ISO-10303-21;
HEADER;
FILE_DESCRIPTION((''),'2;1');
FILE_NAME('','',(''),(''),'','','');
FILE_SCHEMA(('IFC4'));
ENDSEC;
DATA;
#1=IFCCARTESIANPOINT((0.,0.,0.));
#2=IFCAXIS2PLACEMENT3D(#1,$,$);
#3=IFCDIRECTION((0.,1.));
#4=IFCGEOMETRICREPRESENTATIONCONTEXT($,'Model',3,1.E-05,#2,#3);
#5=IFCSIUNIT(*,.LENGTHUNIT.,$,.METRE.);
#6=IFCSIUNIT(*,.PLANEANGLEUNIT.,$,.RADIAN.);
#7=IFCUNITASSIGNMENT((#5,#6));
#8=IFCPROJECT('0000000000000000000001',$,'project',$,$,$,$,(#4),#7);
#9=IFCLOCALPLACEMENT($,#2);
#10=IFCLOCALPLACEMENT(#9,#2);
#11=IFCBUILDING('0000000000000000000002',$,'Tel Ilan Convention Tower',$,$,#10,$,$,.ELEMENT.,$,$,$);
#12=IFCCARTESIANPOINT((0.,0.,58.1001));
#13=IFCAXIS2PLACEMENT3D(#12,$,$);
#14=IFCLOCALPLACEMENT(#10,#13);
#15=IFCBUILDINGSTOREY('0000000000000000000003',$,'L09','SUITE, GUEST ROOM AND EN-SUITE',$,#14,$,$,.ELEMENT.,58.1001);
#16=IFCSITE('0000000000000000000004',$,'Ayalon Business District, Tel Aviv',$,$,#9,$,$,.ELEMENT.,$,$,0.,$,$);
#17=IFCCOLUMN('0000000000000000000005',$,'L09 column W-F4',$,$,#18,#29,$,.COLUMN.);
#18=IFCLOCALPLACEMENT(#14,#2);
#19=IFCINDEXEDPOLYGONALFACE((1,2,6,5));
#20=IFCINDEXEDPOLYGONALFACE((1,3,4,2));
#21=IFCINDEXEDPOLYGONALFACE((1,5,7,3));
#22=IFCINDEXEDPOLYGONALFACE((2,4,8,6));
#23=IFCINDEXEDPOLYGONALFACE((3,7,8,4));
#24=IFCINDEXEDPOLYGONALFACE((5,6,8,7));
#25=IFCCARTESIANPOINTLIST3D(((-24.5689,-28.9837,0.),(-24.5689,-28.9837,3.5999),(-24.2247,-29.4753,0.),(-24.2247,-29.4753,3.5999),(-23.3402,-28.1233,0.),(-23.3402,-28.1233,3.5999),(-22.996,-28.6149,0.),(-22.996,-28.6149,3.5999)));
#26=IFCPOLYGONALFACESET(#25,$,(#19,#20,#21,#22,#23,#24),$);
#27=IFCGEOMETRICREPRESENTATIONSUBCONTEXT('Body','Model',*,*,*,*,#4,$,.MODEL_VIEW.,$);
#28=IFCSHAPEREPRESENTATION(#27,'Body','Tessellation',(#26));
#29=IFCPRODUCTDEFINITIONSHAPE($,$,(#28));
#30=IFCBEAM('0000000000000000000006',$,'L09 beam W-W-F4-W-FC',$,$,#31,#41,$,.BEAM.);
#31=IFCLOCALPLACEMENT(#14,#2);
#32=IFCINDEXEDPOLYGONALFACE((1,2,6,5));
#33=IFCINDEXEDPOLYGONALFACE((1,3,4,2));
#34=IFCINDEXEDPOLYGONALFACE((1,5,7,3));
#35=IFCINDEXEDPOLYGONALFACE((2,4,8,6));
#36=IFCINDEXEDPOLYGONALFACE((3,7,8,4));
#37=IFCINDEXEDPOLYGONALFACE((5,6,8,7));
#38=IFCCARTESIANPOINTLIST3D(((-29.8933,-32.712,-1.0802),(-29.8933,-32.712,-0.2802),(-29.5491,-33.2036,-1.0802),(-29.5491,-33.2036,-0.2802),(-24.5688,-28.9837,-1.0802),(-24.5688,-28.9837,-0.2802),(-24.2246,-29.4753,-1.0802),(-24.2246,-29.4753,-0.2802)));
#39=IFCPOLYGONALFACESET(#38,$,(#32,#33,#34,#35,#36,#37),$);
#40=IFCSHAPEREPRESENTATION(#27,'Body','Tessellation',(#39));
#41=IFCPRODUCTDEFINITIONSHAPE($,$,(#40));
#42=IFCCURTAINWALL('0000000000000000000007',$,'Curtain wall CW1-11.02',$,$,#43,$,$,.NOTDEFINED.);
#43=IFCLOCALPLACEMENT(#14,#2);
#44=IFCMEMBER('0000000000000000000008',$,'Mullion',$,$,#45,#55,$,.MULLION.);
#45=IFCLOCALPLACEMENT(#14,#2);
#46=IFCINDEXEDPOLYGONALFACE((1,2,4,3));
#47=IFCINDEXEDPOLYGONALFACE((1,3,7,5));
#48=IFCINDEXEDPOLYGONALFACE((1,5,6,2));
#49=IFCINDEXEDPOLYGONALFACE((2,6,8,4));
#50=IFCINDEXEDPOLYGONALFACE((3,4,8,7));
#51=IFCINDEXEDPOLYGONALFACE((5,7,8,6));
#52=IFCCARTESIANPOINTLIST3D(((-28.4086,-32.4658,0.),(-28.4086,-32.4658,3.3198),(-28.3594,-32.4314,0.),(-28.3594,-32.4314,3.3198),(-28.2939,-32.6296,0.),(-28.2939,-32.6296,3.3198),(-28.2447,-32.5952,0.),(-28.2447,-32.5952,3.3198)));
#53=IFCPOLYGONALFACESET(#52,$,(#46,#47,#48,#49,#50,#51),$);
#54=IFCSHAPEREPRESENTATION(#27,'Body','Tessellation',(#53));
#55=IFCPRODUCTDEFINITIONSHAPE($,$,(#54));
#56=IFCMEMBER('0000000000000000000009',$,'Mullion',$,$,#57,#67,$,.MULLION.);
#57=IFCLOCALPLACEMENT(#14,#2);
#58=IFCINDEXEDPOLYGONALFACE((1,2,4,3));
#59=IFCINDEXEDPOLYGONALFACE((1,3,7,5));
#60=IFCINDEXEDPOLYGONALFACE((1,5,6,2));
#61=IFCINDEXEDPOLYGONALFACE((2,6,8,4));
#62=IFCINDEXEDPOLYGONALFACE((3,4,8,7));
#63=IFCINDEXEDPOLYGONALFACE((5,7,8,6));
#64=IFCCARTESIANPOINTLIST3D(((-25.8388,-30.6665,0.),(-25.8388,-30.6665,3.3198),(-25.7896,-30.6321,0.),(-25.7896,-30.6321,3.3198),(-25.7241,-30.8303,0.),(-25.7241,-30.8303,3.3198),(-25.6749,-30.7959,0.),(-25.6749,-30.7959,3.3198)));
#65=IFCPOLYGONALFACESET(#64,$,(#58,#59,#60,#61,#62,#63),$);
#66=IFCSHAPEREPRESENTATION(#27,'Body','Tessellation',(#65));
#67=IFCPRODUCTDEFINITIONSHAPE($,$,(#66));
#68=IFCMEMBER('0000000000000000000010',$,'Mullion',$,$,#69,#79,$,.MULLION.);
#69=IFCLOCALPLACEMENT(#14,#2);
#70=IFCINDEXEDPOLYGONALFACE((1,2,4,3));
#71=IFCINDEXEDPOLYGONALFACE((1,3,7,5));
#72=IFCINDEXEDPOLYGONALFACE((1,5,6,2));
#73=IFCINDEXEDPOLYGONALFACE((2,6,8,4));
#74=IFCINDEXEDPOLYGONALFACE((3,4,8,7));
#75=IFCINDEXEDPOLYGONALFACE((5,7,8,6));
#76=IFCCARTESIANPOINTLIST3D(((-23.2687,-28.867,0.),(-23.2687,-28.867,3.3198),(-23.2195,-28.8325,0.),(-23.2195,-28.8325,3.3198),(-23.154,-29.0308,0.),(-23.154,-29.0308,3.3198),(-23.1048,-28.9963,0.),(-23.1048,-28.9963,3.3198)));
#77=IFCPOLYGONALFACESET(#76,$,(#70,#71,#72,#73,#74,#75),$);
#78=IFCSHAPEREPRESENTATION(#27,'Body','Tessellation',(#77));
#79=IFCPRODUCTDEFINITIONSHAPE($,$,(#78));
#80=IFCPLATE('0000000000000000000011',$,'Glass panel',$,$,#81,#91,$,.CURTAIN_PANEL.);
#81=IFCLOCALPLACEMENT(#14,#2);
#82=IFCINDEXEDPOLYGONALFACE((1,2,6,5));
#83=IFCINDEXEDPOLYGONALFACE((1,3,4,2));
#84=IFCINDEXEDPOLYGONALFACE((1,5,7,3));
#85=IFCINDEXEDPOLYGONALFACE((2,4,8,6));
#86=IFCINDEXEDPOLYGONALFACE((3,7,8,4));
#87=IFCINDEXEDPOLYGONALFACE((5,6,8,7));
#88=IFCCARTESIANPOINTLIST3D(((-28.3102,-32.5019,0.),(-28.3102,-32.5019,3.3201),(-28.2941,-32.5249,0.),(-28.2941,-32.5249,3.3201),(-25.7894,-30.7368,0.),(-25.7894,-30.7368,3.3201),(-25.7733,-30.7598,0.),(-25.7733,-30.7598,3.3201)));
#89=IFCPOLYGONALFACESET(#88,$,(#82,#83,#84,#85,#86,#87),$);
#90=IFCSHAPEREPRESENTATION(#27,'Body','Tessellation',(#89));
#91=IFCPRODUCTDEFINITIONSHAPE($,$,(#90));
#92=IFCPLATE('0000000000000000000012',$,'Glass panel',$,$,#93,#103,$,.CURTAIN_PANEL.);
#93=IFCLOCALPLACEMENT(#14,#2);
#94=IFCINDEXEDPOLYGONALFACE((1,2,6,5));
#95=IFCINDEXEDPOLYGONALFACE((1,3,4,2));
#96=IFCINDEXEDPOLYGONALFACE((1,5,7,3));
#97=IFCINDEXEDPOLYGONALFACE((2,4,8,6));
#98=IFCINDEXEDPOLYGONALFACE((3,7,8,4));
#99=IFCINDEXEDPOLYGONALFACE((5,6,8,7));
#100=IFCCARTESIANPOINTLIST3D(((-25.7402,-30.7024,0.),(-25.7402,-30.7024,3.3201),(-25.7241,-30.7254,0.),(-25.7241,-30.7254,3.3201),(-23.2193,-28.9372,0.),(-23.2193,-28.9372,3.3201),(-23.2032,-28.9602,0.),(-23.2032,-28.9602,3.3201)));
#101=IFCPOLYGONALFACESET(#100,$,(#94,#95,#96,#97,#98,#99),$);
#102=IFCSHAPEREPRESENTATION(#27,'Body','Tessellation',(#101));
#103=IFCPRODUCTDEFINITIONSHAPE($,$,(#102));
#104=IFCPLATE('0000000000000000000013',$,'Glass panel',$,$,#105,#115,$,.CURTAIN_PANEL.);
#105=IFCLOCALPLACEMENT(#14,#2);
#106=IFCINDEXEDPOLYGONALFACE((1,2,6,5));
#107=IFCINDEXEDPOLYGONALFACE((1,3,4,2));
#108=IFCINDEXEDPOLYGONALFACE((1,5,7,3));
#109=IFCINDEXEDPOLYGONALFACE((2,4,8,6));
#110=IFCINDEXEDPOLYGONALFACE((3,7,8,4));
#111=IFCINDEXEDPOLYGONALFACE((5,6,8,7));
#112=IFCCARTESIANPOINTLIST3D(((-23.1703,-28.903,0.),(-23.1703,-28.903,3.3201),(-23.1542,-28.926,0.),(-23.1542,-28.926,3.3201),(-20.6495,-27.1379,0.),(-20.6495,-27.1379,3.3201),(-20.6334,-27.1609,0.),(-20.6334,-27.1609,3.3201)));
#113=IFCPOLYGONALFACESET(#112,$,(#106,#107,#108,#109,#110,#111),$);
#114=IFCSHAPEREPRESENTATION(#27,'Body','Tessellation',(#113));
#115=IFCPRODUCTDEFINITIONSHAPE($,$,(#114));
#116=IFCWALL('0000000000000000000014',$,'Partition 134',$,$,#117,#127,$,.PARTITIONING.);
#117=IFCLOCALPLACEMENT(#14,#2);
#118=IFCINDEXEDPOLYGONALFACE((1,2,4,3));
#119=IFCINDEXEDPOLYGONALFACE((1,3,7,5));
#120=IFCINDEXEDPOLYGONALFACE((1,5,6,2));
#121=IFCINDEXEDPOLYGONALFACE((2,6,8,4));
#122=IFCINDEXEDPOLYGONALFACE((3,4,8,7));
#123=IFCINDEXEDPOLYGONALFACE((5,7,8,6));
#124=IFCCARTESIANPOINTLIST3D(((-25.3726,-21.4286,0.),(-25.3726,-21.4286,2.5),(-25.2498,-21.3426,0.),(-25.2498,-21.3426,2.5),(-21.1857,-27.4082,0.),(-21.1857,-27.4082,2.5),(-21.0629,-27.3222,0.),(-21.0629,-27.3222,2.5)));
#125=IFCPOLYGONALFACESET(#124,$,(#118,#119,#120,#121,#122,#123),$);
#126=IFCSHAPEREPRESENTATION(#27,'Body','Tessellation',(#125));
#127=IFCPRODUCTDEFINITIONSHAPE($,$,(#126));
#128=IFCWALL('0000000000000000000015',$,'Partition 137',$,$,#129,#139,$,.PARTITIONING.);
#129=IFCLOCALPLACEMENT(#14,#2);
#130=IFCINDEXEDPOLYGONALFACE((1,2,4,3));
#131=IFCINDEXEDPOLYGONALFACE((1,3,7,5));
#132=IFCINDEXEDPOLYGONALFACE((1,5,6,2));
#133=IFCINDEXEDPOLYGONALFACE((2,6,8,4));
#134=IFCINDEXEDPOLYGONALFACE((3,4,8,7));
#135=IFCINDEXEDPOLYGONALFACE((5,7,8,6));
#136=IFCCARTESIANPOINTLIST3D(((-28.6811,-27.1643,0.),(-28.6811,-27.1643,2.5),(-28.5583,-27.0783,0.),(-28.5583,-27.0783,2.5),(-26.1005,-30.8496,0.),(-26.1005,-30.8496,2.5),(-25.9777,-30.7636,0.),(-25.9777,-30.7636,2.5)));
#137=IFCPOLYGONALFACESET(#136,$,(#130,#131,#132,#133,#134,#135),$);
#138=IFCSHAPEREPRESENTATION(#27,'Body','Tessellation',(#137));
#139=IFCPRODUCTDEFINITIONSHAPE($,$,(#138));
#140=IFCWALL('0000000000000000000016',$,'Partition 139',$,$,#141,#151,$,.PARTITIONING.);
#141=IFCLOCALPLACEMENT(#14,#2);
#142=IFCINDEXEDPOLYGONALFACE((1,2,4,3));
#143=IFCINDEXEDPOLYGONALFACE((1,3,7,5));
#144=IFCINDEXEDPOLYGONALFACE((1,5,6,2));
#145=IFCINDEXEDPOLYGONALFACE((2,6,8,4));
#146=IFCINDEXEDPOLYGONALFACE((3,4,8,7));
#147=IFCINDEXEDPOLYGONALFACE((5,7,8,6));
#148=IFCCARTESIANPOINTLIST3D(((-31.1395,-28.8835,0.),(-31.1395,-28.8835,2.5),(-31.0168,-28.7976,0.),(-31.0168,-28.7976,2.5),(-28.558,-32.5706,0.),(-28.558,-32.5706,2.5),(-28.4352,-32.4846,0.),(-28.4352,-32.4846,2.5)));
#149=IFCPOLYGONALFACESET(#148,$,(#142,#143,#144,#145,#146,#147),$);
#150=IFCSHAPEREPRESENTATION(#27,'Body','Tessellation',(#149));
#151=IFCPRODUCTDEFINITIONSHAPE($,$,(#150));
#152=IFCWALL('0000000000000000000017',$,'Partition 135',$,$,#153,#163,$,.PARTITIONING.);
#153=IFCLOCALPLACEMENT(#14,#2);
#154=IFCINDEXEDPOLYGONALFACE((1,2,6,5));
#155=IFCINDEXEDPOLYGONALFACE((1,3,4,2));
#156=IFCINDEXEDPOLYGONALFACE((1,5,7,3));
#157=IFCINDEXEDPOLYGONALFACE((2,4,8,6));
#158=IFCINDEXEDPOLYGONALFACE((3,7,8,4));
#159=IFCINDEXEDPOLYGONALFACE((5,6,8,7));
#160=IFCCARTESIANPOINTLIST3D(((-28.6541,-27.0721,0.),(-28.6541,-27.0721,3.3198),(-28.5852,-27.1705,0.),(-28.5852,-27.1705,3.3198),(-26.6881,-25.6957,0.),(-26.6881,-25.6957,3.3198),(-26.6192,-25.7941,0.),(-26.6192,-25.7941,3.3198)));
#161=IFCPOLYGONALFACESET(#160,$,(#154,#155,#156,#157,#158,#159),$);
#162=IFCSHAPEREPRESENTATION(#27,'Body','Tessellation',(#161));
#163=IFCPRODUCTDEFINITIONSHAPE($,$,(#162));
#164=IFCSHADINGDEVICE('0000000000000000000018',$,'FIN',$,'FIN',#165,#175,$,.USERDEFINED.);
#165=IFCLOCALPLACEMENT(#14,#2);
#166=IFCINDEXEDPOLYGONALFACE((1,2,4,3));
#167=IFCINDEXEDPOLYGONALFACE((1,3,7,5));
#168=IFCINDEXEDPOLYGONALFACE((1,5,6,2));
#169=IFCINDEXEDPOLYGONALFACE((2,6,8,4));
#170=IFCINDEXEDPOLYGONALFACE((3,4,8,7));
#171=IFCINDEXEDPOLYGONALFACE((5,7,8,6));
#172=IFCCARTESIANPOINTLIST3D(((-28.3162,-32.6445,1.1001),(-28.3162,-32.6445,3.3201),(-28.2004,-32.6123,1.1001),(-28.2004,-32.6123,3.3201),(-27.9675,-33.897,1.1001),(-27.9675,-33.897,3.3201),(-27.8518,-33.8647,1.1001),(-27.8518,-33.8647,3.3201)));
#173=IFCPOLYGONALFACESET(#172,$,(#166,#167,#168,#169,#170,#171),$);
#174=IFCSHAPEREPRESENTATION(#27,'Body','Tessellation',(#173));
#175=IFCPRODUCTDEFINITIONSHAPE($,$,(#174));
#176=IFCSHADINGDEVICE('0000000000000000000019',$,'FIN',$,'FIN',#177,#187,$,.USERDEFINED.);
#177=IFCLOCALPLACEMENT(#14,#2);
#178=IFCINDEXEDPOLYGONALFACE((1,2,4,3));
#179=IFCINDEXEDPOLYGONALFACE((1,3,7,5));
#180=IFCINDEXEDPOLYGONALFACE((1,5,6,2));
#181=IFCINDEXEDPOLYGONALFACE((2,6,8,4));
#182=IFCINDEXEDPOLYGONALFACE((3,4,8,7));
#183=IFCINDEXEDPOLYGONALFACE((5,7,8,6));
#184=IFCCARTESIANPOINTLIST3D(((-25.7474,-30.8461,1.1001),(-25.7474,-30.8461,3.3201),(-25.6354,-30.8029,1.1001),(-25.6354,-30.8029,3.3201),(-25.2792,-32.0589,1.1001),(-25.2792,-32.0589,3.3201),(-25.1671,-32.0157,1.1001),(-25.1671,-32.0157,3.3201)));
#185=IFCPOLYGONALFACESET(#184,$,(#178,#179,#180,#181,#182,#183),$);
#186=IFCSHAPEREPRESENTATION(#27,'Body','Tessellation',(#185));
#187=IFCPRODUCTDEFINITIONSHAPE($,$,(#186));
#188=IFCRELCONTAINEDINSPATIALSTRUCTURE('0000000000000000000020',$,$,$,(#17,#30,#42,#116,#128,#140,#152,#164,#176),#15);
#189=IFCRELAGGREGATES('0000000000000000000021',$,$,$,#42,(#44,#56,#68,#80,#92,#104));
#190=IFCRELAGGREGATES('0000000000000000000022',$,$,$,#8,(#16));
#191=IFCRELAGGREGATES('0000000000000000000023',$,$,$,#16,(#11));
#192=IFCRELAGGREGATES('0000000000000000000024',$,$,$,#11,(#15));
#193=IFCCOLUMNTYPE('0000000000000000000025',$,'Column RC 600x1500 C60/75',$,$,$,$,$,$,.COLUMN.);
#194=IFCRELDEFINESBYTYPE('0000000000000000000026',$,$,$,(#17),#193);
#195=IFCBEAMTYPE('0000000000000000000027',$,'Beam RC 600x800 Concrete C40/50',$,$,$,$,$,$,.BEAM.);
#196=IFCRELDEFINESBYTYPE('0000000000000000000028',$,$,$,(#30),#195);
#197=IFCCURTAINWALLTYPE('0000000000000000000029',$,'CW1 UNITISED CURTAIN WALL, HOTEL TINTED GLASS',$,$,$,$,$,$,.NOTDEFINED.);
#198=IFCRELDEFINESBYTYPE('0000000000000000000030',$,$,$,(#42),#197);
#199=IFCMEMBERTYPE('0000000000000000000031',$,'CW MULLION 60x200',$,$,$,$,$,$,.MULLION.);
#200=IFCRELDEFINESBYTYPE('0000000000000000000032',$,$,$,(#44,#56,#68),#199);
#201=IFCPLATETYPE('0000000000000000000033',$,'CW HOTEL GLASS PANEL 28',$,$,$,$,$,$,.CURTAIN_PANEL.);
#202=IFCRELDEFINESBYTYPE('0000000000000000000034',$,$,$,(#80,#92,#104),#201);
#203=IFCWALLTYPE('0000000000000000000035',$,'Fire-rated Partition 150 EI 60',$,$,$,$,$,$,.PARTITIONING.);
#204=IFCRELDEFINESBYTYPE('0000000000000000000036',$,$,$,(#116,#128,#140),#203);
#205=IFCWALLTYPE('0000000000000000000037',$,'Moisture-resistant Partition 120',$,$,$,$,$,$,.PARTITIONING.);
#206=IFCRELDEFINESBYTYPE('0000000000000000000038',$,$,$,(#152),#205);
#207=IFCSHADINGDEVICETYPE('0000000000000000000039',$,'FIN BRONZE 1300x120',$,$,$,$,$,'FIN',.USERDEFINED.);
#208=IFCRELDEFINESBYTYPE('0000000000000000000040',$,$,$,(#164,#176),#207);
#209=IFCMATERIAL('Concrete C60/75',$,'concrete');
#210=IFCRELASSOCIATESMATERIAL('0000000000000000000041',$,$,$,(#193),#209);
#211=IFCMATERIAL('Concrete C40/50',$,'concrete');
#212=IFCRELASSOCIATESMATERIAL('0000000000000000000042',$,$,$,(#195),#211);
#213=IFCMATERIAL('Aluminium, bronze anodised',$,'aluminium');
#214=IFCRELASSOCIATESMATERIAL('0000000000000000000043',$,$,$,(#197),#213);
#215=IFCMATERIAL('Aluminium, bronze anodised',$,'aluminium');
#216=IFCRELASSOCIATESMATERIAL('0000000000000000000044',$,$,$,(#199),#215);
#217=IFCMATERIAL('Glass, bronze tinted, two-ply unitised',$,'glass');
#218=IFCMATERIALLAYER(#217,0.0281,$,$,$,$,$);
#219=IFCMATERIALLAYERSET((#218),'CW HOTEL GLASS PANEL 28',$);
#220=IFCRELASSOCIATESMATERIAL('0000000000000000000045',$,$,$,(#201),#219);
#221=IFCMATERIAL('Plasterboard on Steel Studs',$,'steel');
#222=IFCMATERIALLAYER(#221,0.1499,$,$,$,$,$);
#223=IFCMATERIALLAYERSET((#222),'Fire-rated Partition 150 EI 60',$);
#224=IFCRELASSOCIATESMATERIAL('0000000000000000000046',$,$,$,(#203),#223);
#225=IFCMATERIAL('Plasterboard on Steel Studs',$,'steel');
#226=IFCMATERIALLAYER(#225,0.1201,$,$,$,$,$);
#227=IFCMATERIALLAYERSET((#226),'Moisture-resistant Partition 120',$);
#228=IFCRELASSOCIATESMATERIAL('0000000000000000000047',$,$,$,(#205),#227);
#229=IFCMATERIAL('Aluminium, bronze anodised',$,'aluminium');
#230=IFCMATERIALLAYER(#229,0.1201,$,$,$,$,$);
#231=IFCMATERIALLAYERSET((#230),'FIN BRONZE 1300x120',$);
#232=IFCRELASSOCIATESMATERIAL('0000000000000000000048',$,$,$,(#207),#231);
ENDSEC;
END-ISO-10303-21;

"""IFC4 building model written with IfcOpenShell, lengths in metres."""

from ifc_helpers import new_model, si_unit, direction, frame, frame_2d, origin, origin_2d, place, context, subcontext, project, spatial, rectangle, extrude, material, layer, layer_set, material_profile, profile_set, type_object, element, aggregate, save


model = new_model("IFC4")

# Units and contexts
model_context = context("Model", 3, precision=1e-05, world=origin(), true_north=direction((0.0, 1.0)))
body_context = subcontext(model_context, "Body", "Model", "MODEL_VIEW")
ifc_project = project(units=[si_unit("LENGTHUNIT", "METRE"), si_unit("PLANEANGLEUNIT", "RADIAN")], contexts=[model_context])

# Site, building, storey
site_placement = place(None, origin())
site = spatial("IfcSite", under=ifc_project, at=site_placement, Name="Ayalon Business District, Tel Aviv", CompositionType="ELEMENT", RefElevation=0.0)
building_placement = place(site_placement, origin())
building = spatial("IfcBuilding", under=site, at=building_placement, Name="Tel Ilan Convention Tower", CompositionType="ELEMENT")
storey_placement = place(building_placement, frame((0.0, 0.0, 58.1001)))
storey = spatial("IfcBuildingStorey", under=building, at=storey_placement, Name="L09", Description="SUITE, GUEST ROOM AND EN-SUITE", CompositionType="ELEMENT", Elevation=58.1001)

# Column
ifc_material_1 = material(Name="Concrete C60/75", Category="concrete")
ifc_material_profile_1 = material_profile(ifc_material_1, rectangle(XDim=1.5, YDim=0.6001, at=origin_2d()), Name="RC 600x1500")
ifc_profile_set_1 = profile_set([ifc_material_profile_1], Name="Concrete C60/75")
column_type = type_object("IfcColumnType", Name="Column RC 600x1500 C60/75", PredefinedType="COLUMN", material=ifc_profile_set_1)
column_placement = place(storey_placement, frame((-23.7825, -28.7993, 0.0), z_axis=(0.0, 0.0, 1.0), x_axis=(-0.819152, -0.573576, 0.0)))
element("IfcColumn", 1, at=column_placement, inside=storey, type_object=column_type, Name="L09 column W-F4", PredefinedType="COLUMN", context=body_context, shape_type="SweptSolid", body=[
    extrude(rectangle(XDim=1.5, YDim=0.6001, at=origin_2d()), origin(), (0.0, 0.0, 1.0), 3.5999),
])

# Beam
ifc_material_2 = material(Name="Concrete C40/50", Category="concrete")
ifc_material_profile_2 = material_profile(ifc_material_2, rectangle(XDim=0.6001, YDim=0.8, at=origin_2d()), Name="RC 600x800")
ifc_profile_set_2 = profile_set([ifc_material_profile_2], Name="Concrete C40/50")
beam_type = type_object("IfcBeamType", Name="Beam RC 600x800 Concrete C40/50", PredefinedType="BEAM", material=ifc_profile_set_2)
beam_placement = place(storey_placement, frame((-24.3967, -29.2295, -0.6802), z_axis=(-0.819149, -0.573581, 0.0), x_axis=(0.573581, -0.819149, 0.0)))
element("IfcBeam", 2, at=beam_placement, inside=storey, type_object=beam_type, Name="L09 beam W-W-F4-W-FC", PredefinedType="BEAM", context=body_context, shape_type="SweptSolid", body=[
    extrude(rectangle(XDim=0.6001, YDim=0.8, at=origin_2d()), origin(), (0.0, 0.0, 1.0), 6.5),
])

# Curtain wall, members, plates
ifc_material_3 = material(Name="Aluminium, bronze anodised", Category="aluminium")
curtain_wall_type = type_object("IfcCurtainWallType", Name="CW1 UNITISED CURTAIN WALL, HOTEL TINTED GLASS", PredefinedType="NOTDEFINED", material=ifc_material_3)
curtain_wall_placement = place(storey_placement, origin())
curtain_wall = element("IfcCurtainWall", 3, at=curtain_wall_placement, inside=storey, type_object=curtain_wall_type, Name="Curtain wall CW1-11.02", PredefinedType="NOTDEFINED")
ifc_material_4 = material(Name="Aluminium, bronze anodised", Category="aluminium")
ifc_material_profile_3 = material_profile(ifc_material_4, rectangle(XDim=0.0601, YDim=0.2, at=origin_2d()), Name="CW MULLION 60x200")
ifc_profile_set_3 = profile_set([ifc_material_profile_3], Name="Aluminium, bronze anodised")
member_type = type_object("IfcMemberType", Name="CW MULLION 60x200", PredefinedType="MULLION", material=ifc_profile_set_3)
member_1_placement = place(storey_placement, frame((-28.3267, -32.5305, 0.0), z_axis=(0.0, 0.0, 1.0), x_axis=(0.819152, 0.573576, 0.0)))
member_1 = element("IfcMember", 4, at=member_1_placement, type_object=member_type, Name="Mullion", PredefinedType="MULLION", context=body_context, shape_type="SweptSolid", body=[
    extrude(rectangle(XDim=0.0601, YDim=0.2, at=origin_2d()), origin(), (0.0, 0.0, 1.0), 3.3198),
])
member_2_placement = place(storey_placement, frame((-25.7568, -30.7312, 0.0), z_axis=(0.0, 0.0, 1.0), x_axis=(0.819152, 0.573576, 0.0)))
member_2 = element("IfcMember", 5, at=member_2_placement, type_object=member_type, Name="Mullion", PredefinedType="MULLION", context=body_context, shape_type="SweptSolid", body=[
    extrude(rectangle(XDim=0.0601, YDim=0.2, at=origin_2d()), origin(), (0.0, 0.0, 1.0), 3.3198),
])
member_3_placement = place(storey_placement, frame((-23.1868, -28.9316, 0.0), z_axis=(0.0, 0.0, 1.0), x_axis=(0.819152, 0.573576, 0.0)))
member_3 = element("IfcMember", 6, at=member_3_placement, type_object=member_type, Name="Mullion", PredefinedType="MULLION", context=body_context, shape_type="SweptSolid", body=[
    extrude(rectangle(XDim=0.0601, YDim=0.2, at=origin_2d()), origin(), (0.0, 0.0, 1.0), 3.3198),
])
ifc_material_5 = material(Name="Glass, bronze tinted, two-ply unitised", Category="glass")
ifc_layer_1 = layer(ifc_material_5, 0.0281)
ifc_layer_set_1 = layer_set([ifc_layer_1], Name="CW HOTEL GLASS PANEL 28")
plate_type = type_object("IfcPlateType", Name="CW HOTEL GLASS PANEL 28", PredefinedType="CURTAIN_PANEL", material=ifc_layer_set_1)
plate_1_placement = place(storey_placement, frame((-27.0417, -31.6309, 0.0), z_axis=(0.0, 0.0, 1.0), x_axis=(0.819152, 0.573576, 0.0)))
plate_1 = element("IfcPlate", 7, at=plate_1_placement, type_object=plate_type, Name="Glass panel", PredefinedType="CURTAIN_PANEL", context=body_context, shape_type="SweptSolid", body=[
    extrude(rectangle(XDim=3.0774, YDim=0.0281, at=origin_2d()), origin(), (0.0, 0.0, 1.0), 3.3201),
])
plate_2_placement = place(storey_placement, frame((-24.4717, -29.8313, 0.0), z_axis=(0.0, 0.0, 1.0), x_axis=(0.819152, 0.573576, 0.0)))
plate_2 = element("IfcPlate", 8, at=plate_2_placement, type_object=plate_type, Name="Glass panel", PredefinedType="CURTAIN_PANEL", context=body_context, shape_type="SweptSolid", body=[
    extrude(rectangle(XDim=3.0774, YDim=0.0281, at=origin_2d()), origin(), (0.0, 0.0, 1.0), 3.3201),
])
plate_3_placement = place(storey_placement, frame((-21.9019, -28.032, 0.0), z_axis=(0.0, 0.0, 1.0), x_axis=(0.819152, 0.573576, 0.0)))
plate_3 = element("IfcPlate", 9, at=plate_3_placement, type_object=plate_type, Name="Glass panel", PredefinedType="CURTAIN_PANEL", context=body_context, shape_type="SweptSolid", body=[
    extrude(rectangle(XDim=3.0774, YDim=0.0281, at=origin_2d()), origin(), (0.0, 0.0, 1.0), 3.3201),
])
aggregate(curtain_wall, [member_1, member_2, member_3, plate_1, plate_2, plate_3])

# Walls
ifc_material_6 = material(Name="Plasterboard on Steel Studs", Category="steel")
ifc_layer_2 = layer(ifc_material_6, 0.1499)
ifc_layer_set_2 = layer_set([ifc_layer_2], Name="Fire-rated Partition 150 EI 60")
wall_type_1 = type_object("IfcWallType", Name="Fire-rated Partition 150 EI 60", PredefinedType="PARTITIONING", material=ifc_layer_set_2)
wall_1_placement = place(storey_placement, frame((-21.1243, -27.3652, 0.0), z_axis=(0.0, 0.0, 1.0), x_axis=(-0.573572, 0.819155, 0.0)))
element("IfcWall", 10, at=wall_1_placement, inside=storey, type_object=wall_type_1, Name="Partition 134", PredefinedType="PARTITIONING", context=body_context, shape_type="SweptSolid", body=[
    extrude(rectangle(XDim=7.2998, YDim=0.1499, at=frame_2d((3.6499, 0.0))), origin(), (0.0, 0.0, 1.0), 2.5),
])
wall_2_placement = place(storey_placement, frame((-26.0391, -30.8066, 0.0), z_axis=(0.0, 0.0, 1.0), x_axis=(-0.57359, 0.819143, 0.0)))
element("IfcWall", 11, at=wall_2_placement, inside=storey, type_object=wall_type_1, Name="Partition 137", PredefinedType="PARTITIONING", context=body_context, shape_type="SweptSolid", body=[
    extrude(rectangle(XDim=4.499, YDim=0.1499, at=frame_2d((2.2495, 0.0))), origin(), (0.0, 0.0, 1.0), 2.5),
])
wall_3_placement = place(storey_placement, frame((-28.4966, -32.5276, 0.0), z_axis=(0.0, 0.0, 1.0), x_axis=(-0.573557, 0.819166, 0.0)))
element("IfcWall", 12, at=wall_3_placement, inside=storey, type_object=wall_type_1, Name="Partition 139", PredefinedType="PARTITIONING", context=body_context, shape_type="SweptSolid", body=[
    extrude(rectangle(XDim=4.501, YDim=0.1499, at=frame_2d((2.2505, 0.0))), origin(), (0.0, 0.0, 1.0), 2.5),
])
ifc_material_7 = material(Name="Plasterboard on Steel Studs", Category="steel")
ifc_layer_3 = layer(ifc_material_7, 0.1201)
ifc_layer_set_3 = layer_set([ifc_layer_3], Name="Moisture-resistant Partition 120")
wall_type_2 = type_object("IfcWallType", Name="Moisture-resistant Partition 120", PredefinedType="PARTITIONING", material=ifc_layer_set_3)
wall_4_placement = place(storey_placement, frame((-28.6196, -27.1213, 0.0), z_axis=(0.0, 0.0, 1.0), x_axis=(0.819189, 0.573524, 0.0)))
element("IfcWall", 13, at=wall_4_placement, inside=storey, type_object=wall_type_2, Name="Partition 135", PredefinedType="PARTITIONING", context=body_context, shape_type="SweptSolid", body=[
    extrude(rectangle(XDim=2.3999, YDim=0.1201, at=frame_2d((1.2, 0.0))), origin(), (0.0, 0.0, 1.0), 3.3198),
])

# Shading devices
ifc_material_8 = material(Name="Aluminium, bronze anodised", Category="aluminium")
ifc_layer_4 = layer(ifc_material_8, 0.1201)
ifc_layer_set_4 = layer_set([ifc_layer_4], Name="FIN BRONZE 1300x120")
shading_device_type = type_object("IfcShadingDeviceType", Name="FIN BRONZE 1300x120", ElementType="FIN", PredefinedType="USERDEFINED", material=ifc_layer_set_4)
for number, where, z_axis, x_axis, name in (
    (14, (-28.084, -33.2546, 1.1001), (0.0, 0.0, 1.0), (0.268173, -0.963371, 0.0), "FIN"),
    (15, (-25.4573, -31.4309, 1.1001), (0.0, 0.0, 1.0), (0.360178, -0.932884, 0.0), "FIN"),
):
    element("IfcShadingDevice", number, at=place(storey_placement, frame(where, z_axis=z_axis, x_axis=x_axis)), inside=storey, type_object=shading_device_type, Name=name, ObjectType="FIN", PredefinedType="USERDEFINED", context=body_context, shape_type="SweptSolid", body=[
        extrude(rectangle(XDim=1.3, YDim=0.1201, at=origin_2d()), origin(), (0.0, 0.0, 1.0), 2.22),
    ])

save(model, "model.ifc")
